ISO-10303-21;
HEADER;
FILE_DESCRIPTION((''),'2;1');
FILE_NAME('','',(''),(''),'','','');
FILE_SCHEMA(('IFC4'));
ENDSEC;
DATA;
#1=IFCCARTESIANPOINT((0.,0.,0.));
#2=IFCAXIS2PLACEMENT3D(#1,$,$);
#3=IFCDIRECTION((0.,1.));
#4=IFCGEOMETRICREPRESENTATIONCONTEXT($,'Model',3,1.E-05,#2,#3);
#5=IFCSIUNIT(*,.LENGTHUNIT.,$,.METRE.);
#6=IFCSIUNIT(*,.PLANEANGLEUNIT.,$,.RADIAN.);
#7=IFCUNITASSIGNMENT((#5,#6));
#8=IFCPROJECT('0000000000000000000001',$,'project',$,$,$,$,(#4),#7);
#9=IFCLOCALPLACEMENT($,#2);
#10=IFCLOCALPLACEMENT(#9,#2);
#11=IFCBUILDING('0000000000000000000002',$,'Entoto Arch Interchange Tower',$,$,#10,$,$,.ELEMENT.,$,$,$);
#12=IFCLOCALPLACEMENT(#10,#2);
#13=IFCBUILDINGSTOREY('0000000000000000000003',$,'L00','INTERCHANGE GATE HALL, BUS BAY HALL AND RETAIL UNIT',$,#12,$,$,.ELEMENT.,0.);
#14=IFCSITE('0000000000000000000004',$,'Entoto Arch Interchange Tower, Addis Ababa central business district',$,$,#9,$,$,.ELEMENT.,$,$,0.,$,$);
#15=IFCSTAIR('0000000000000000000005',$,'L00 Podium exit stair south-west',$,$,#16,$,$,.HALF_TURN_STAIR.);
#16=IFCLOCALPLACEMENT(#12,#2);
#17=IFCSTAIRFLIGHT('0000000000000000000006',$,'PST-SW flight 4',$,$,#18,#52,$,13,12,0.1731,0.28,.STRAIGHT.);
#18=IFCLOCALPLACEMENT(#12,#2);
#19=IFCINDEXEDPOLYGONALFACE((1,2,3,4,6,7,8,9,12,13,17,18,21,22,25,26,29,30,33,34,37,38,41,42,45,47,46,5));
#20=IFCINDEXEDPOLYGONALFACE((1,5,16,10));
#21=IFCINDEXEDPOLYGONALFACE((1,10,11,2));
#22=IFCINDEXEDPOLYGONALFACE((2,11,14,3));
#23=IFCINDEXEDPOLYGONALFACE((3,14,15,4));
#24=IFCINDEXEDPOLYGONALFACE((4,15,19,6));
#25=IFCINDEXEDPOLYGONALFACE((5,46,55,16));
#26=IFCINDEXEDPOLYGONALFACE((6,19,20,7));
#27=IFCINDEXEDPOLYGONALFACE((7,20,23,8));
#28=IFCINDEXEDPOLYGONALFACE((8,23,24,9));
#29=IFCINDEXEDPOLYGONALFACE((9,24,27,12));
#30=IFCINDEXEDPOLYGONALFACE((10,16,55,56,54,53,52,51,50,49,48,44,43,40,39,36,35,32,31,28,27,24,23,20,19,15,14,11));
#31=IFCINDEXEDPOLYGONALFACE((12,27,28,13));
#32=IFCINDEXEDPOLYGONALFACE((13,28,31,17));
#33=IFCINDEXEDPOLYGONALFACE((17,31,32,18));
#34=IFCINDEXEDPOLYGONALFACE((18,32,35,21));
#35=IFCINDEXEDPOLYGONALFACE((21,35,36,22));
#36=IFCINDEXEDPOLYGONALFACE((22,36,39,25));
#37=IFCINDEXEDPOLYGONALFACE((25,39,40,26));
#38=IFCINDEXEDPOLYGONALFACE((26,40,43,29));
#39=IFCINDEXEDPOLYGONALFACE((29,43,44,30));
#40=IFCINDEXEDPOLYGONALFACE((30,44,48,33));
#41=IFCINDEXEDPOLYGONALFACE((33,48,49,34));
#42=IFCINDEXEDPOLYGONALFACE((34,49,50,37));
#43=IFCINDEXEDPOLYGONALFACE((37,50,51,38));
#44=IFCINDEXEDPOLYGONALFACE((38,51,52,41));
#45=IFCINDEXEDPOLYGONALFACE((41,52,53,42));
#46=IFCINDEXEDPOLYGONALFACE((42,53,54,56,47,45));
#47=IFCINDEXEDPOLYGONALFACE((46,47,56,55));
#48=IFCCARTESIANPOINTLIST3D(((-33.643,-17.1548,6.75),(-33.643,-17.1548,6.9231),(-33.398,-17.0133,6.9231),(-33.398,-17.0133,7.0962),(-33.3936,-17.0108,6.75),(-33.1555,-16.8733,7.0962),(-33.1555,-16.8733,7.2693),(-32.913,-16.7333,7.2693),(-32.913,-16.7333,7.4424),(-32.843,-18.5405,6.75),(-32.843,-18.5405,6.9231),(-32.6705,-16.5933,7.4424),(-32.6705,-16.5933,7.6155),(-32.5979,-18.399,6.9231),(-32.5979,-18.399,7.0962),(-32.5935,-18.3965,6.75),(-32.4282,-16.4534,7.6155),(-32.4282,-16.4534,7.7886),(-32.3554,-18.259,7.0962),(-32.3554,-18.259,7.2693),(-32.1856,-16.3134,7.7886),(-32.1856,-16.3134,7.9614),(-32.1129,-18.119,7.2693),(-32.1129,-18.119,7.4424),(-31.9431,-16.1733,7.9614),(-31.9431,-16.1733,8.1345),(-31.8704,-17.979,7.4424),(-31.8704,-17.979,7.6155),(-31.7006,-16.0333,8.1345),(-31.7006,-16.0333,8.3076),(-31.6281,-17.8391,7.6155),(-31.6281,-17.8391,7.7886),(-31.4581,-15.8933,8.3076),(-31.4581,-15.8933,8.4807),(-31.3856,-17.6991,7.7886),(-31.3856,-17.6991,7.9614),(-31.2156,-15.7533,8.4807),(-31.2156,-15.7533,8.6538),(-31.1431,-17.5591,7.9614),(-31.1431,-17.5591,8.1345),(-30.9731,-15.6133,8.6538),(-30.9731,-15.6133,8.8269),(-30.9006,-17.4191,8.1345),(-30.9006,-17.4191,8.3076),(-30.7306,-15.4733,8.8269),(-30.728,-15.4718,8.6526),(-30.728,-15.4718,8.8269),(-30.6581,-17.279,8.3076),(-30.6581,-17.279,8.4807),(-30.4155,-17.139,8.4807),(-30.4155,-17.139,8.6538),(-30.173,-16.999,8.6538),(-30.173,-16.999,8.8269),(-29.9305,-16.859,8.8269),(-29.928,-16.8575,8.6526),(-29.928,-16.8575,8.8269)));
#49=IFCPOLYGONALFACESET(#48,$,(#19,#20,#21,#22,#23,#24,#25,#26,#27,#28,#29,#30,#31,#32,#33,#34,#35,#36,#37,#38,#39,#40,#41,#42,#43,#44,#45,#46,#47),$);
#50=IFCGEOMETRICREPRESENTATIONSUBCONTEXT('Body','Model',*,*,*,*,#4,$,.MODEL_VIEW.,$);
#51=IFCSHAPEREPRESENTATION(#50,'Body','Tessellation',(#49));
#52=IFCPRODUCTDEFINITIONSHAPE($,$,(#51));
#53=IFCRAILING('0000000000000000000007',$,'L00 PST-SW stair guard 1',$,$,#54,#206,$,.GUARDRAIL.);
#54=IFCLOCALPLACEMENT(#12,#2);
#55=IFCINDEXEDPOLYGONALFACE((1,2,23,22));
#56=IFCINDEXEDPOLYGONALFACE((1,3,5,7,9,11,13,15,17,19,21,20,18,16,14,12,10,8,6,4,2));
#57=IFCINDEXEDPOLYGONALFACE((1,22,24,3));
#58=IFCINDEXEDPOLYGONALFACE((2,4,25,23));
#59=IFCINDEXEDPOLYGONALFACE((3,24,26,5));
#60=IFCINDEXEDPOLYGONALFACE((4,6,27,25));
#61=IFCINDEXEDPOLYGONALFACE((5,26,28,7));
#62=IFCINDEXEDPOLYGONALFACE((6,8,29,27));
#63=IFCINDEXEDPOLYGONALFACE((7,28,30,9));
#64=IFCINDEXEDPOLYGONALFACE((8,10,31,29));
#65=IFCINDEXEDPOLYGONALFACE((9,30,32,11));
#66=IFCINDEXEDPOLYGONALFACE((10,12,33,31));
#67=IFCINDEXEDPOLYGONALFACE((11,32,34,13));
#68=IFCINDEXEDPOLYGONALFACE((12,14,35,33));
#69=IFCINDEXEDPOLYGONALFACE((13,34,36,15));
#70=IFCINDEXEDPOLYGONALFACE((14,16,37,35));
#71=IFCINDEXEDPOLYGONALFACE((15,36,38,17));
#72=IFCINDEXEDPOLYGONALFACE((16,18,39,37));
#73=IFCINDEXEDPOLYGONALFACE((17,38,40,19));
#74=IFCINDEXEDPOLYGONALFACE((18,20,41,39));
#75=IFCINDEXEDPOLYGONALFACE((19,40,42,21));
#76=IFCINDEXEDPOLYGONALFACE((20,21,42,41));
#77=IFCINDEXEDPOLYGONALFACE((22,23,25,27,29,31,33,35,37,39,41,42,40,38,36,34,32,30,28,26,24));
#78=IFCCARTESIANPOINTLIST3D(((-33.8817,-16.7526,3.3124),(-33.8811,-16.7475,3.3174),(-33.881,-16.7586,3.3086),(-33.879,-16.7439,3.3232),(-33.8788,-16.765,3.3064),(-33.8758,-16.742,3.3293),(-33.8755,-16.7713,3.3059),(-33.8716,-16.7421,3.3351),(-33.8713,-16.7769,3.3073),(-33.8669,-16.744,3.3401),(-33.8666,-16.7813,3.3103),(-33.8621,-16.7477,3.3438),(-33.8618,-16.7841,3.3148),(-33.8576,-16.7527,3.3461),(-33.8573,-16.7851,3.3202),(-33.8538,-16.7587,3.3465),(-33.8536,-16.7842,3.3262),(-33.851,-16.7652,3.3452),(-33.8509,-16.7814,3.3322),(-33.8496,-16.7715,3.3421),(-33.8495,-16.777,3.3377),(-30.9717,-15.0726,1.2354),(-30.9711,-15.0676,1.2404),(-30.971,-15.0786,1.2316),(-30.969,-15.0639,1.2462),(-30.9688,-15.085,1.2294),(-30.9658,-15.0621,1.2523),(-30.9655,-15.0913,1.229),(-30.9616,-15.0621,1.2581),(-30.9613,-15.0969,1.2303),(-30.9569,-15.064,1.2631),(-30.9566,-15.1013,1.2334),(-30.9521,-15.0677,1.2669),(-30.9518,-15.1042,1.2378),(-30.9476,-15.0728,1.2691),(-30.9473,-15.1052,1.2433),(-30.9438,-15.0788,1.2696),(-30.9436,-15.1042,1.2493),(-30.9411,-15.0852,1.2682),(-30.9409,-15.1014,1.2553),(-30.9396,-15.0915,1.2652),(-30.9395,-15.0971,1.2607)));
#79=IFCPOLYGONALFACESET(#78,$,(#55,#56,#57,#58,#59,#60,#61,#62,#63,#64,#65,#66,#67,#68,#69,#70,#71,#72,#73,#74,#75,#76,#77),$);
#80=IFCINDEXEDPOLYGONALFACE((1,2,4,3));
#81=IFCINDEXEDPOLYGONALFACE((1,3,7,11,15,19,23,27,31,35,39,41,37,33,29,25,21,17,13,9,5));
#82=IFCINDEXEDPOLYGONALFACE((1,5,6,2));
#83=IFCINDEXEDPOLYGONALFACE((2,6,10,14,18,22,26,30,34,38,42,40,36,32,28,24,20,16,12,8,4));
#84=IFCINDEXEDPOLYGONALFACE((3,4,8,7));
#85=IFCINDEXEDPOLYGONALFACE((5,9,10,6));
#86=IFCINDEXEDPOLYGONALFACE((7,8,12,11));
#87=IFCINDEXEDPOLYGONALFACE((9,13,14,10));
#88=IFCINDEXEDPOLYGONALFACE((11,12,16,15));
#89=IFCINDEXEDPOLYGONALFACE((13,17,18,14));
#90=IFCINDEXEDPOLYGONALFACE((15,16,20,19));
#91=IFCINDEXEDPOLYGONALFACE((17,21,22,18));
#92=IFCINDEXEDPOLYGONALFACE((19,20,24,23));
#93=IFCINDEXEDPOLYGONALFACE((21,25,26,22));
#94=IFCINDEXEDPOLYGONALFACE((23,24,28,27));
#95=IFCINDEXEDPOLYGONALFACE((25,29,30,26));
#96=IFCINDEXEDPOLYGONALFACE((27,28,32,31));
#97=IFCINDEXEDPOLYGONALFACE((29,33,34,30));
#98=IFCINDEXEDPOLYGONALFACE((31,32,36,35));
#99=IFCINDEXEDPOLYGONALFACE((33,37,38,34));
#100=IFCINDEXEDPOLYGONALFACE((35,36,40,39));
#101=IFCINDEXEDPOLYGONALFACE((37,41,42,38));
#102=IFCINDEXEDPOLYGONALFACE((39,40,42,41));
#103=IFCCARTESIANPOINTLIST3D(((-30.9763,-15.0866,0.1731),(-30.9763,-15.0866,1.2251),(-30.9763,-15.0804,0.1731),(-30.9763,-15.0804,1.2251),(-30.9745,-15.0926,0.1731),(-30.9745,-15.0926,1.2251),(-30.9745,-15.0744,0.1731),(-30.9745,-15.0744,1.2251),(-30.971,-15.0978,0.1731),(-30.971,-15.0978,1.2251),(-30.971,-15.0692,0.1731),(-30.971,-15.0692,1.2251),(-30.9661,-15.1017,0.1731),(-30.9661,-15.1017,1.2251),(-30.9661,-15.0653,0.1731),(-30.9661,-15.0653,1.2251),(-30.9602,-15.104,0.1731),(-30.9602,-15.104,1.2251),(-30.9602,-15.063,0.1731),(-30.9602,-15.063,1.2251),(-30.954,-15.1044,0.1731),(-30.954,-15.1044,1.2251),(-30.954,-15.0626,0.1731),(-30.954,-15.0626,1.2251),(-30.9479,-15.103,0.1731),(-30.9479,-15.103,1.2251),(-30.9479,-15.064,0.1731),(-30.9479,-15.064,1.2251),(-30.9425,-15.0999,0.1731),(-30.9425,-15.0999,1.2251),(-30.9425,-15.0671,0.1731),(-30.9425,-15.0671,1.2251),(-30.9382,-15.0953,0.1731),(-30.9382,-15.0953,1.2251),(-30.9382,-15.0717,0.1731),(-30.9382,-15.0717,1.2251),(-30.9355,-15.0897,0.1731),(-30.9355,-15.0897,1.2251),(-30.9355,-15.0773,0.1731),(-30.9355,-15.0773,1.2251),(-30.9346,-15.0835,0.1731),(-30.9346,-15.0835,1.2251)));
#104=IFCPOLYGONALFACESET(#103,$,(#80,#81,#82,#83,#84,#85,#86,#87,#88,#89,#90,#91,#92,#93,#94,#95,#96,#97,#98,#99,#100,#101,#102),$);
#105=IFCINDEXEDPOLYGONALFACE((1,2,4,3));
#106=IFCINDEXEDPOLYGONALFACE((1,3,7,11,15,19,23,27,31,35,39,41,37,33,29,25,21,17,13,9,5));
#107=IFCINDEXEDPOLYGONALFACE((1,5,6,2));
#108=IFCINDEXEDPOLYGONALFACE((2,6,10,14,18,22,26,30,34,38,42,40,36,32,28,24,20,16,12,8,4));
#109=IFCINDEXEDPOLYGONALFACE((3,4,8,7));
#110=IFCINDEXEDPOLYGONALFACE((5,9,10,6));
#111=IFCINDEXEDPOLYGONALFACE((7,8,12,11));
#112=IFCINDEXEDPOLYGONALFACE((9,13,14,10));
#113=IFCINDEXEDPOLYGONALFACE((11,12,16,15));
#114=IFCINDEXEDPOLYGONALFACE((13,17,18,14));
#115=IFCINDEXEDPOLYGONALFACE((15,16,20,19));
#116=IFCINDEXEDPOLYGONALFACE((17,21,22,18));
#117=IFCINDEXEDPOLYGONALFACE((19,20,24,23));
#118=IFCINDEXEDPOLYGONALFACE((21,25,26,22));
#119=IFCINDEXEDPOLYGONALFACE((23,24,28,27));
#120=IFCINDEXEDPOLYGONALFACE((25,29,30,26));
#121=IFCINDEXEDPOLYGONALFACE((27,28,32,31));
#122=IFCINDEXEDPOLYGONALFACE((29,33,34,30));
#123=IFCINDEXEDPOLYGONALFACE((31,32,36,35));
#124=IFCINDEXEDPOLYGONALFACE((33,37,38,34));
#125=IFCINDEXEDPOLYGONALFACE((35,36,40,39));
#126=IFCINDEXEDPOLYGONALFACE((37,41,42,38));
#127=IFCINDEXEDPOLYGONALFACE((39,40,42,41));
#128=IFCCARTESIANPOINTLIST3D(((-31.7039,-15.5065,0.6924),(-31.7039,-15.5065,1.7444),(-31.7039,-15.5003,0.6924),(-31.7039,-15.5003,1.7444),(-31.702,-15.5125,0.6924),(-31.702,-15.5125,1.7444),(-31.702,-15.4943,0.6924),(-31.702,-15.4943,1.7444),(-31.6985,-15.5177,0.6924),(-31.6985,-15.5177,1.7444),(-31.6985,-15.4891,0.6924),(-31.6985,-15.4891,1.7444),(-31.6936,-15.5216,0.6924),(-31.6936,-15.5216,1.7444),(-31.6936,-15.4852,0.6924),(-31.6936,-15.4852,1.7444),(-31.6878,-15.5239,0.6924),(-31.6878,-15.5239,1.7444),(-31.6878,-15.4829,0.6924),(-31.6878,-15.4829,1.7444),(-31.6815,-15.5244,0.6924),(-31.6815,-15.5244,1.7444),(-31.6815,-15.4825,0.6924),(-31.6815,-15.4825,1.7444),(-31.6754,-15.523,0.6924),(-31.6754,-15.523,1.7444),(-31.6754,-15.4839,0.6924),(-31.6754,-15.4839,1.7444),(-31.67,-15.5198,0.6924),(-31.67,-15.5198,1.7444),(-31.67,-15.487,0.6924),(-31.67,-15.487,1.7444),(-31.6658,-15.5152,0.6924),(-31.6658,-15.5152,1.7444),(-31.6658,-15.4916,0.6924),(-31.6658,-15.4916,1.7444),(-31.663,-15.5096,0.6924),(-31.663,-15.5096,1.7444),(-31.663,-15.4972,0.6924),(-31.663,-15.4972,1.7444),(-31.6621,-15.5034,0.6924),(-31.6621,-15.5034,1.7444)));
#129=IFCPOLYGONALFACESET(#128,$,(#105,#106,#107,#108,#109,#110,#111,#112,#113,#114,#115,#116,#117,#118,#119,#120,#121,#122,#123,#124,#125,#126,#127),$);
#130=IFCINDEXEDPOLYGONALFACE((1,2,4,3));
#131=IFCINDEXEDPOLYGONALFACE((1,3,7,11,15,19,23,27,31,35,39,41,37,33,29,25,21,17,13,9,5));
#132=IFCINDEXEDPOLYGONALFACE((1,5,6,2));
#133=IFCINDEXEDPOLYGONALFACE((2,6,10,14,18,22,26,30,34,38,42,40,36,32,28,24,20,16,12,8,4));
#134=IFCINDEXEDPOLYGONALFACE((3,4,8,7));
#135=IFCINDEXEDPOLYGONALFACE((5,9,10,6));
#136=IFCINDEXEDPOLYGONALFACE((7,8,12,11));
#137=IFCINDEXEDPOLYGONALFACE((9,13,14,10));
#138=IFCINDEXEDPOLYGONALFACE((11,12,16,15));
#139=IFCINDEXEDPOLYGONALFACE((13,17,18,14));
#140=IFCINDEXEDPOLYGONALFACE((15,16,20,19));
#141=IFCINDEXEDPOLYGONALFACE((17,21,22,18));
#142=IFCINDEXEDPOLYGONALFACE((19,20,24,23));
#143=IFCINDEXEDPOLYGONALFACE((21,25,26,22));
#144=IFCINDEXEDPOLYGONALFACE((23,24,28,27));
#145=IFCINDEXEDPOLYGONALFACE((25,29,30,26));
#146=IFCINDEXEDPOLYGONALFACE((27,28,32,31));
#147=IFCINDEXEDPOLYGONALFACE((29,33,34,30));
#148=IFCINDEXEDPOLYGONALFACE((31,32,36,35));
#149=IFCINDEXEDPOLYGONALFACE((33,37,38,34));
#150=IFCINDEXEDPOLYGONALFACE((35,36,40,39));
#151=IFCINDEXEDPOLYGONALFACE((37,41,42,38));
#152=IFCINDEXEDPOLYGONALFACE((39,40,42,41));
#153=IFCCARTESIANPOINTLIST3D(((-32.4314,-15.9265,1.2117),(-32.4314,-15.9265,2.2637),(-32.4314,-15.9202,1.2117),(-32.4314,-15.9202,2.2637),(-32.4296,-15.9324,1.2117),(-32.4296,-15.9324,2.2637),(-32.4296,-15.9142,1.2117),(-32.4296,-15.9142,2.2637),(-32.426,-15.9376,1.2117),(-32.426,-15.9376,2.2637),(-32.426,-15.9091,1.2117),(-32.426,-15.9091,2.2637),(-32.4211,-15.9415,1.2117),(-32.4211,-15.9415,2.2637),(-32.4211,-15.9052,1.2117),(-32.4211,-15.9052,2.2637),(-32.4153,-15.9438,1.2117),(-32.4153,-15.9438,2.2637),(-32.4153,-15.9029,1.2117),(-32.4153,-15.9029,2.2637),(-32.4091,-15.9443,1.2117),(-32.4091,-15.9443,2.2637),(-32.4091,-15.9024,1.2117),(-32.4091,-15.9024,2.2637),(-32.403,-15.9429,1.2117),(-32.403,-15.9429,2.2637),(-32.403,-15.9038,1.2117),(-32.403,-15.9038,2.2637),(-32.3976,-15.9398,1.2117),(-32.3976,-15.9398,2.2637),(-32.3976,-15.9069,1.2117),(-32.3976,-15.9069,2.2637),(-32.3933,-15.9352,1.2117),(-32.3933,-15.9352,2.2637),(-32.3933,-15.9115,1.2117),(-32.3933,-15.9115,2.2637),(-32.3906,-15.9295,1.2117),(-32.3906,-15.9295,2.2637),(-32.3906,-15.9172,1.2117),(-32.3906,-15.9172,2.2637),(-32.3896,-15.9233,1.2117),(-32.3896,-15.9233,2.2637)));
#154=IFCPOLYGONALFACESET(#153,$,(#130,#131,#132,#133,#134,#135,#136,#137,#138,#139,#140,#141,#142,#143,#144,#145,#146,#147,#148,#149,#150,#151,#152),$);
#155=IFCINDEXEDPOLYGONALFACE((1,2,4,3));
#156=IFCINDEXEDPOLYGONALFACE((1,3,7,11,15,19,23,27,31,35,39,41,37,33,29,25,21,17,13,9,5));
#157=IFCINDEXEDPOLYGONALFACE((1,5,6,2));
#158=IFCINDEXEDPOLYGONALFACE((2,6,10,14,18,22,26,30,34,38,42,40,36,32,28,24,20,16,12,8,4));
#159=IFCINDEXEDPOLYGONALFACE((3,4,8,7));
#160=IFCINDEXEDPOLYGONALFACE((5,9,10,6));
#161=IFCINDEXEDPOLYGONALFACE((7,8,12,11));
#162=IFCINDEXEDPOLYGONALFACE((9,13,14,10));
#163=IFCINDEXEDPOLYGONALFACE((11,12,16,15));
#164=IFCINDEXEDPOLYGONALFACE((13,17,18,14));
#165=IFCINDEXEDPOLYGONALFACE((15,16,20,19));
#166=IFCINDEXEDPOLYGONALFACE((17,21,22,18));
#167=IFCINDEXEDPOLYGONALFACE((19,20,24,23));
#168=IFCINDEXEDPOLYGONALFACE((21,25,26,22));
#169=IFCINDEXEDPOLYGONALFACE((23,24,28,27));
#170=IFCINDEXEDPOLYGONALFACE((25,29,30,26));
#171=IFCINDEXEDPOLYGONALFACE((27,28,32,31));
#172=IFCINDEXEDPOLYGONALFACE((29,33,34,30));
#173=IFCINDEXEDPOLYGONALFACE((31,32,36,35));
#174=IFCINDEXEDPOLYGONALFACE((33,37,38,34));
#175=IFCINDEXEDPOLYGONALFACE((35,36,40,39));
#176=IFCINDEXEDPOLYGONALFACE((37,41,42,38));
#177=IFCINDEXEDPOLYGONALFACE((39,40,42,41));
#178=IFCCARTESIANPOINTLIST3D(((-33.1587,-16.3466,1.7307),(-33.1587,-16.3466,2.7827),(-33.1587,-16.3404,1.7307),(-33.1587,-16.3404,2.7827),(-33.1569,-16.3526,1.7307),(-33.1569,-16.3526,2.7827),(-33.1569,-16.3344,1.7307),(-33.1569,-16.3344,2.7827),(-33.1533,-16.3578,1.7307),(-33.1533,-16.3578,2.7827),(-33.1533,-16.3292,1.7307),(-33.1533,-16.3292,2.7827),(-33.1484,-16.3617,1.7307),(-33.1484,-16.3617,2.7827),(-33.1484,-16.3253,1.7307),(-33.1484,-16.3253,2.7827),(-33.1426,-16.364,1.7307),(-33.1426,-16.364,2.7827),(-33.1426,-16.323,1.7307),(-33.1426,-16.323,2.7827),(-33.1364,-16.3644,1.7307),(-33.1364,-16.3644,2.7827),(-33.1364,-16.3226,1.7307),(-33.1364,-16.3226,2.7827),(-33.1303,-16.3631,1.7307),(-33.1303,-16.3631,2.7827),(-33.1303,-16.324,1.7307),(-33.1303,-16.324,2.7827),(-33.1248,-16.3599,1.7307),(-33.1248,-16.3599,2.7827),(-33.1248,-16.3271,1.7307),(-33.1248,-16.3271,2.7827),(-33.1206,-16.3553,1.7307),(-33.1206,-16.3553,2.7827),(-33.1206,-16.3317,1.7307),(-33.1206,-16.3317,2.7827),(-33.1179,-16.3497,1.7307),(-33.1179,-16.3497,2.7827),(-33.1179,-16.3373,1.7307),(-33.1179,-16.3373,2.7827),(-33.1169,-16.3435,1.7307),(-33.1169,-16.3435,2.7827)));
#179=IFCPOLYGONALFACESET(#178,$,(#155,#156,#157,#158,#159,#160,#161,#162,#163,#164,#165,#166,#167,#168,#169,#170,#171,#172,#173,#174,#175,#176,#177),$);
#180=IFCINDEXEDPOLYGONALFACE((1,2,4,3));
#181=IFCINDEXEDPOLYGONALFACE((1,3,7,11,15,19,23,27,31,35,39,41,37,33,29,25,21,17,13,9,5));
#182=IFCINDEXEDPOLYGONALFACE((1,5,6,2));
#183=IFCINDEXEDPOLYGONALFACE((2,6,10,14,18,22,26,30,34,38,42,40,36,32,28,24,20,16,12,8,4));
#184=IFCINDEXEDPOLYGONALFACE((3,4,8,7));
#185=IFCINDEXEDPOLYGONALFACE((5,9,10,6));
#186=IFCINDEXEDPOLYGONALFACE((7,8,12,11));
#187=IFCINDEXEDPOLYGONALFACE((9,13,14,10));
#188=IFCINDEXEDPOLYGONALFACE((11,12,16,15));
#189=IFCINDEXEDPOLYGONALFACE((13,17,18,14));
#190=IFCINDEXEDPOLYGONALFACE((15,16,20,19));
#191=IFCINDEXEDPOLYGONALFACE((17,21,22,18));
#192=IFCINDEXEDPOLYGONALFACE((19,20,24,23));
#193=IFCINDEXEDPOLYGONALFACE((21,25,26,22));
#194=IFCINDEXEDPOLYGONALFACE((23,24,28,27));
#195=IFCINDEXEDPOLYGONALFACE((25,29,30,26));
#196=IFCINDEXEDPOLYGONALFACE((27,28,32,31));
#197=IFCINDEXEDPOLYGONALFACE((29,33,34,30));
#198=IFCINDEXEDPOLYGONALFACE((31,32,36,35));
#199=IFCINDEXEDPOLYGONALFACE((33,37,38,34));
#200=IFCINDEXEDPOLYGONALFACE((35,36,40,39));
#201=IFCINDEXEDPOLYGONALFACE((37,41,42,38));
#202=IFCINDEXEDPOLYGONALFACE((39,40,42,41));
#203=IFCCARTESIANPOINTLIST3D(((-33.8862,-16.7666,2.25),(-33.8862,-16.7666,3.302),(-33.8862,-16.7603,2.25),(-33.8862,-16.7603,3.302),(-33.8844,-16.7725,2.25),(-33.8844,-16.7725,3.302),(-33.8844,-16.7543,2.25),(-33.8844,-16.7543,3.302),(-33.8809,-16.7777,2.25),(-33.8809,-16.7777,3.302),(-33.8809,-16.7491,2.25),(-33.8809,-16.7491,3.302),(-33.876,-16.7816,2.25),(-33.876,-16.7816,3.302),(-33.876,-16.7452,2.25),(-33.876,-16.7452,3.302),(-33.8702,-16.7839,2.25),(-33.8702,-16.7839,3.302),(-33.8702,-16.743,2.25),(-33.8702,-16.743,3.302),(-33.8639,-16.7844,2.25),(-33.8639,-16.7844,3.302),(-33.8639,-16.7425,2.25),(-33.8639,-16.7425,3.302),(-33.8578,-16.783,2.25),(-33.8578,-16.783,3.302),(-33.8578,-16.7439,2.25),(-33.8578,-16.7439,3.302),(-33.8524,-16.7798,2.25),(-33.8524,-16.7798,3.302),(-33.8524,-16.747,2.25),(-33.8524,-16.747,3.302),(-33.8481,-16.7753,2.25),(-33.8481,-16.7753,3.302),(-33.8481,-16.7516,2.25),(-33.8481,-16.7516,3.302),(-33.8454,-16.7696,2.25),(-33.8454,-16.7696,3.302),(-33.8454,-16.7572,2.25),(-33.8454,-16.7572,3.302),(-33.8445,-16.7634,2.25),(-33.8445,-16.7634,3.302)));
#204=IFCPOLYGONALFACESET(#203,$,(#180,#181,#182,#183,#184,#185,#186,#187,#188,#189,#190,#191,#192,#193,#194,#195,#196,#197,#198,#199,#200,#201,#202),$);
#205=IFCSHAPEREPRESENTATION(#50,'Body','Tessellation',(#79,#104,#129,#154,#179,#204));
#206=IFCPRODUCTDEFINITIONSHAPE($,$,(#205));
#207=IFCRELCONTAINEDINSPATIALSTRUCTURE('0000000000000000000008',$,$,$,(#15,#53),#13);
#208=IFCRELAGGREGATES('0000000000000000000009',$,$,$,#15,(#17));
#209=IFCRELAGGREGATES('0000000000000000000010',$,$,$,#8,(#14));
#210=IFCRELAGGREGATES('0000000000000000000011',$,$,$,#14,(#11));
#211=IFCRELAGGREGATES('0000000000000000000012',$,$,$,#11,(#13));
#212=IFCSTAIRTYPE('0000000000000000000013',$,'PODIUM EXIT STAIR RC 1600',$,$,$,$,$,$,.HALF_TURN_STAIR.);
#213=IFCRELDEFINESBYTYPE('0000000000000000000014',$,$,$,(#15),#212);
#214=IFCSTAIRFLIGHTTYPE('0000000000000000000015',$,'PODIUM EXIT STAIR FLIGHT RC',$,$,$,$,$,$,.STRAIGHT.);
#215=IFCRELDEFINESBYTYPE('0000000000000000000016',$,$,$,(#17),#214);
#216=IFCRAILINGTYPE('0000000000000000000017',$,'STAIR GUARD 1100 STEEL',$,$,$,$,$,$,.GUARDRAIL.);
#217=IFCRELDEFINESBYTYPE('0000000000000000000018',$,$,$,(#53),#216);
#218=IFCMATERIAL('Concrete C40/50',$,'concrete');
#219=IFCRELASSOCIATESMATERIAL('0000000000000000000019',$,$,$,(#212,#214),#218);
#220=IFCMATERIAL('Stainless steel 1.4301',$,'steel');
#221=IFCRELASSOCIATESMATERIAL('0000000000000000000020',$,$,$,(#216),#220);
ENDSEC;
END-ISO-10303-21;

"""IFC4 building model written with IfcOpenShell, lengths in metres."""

from ifc_helpers import new_model, si_unit, direction, frame, origin, origin_2d, place, context, subcontext, project, spatial, polyline, circle, outline, extrude, material, type_object, element, aggregate, save


model = new_model("IFC4")

# Units and contexts
model_context = context("Model", 3, precision=1e-05, world=origin(), true_north=direction((0.0, 1.0)))
body_context = subcontext(model_context, "Body", "Model", "MODEL_VIEW")
ifc_project = project(units=[si_unit("LENGTHUNIT", "METRE"), si_unit("PLANEANGLEUNIT", "RADIAN")], contexts=[model_context])

# Site, building, storey
site_placement = place(None, origin())
site = spatial("IfcSite", under=ifc_project, at=site_placement, Name="Entoto Arch Interchange Tower, Addis Ababa central business district", CompositionType="ELEMENT", RefElevation=0.0)
building_placement = place(site_placement, origin())
building = spatial("IfcBuilding", under=site, at=building_placement, Name="Entoto Arch Interchange Tower", CompositionType="ELEMENT")
storey_placement = place(building_placement, origin())
storey = spatial("IfcBuildingStorey", under=building, at=storey_placement, Name="L00", Description="INTERCHANGE GATE HALL, BUS BAY HALL AND RETAIL UNIT", CompositionType="ELEMENT", Elevation=0.0)

# Shared definitions
ifc_material_1 = material(Name="Concrete C40/50", Category="concrete")

# Stair, stair flight
stair_type = type_object("IfcStairType", Name="PODIUM EXIT STAIR RC 1600", PredefinedType="HALF_TURN_STAIR", material=ifc_material_1)
stair_placement = place(storey_placement, origin())
stair = element("IfcStair", 1, at=stair_placement, inside=storey, type_object=stair_type, Name="L00 Podium exit stair south-west", PredefinedType="HALF_TURN_STAIR")
stair_flight_type = type_object("IfcStairFlightType", Name="PODIUM EXIT STAIR FLIGHT RC", PredefinedType="STRAIGHT", material=ifc_material_1)
stair_flight_1_placement = place(storey_placement, frame((-33.2405, -17.8462, 6.75), z_axis=(0.0, 0.0, 1.0), x_axis=(0.866025, 0.5, 0.0)))
stair_flight_1 = element("IfcStairFlight", 2, at=stair_flight_1_placement, type_object=stair_flight_type, Name="PST-SW flight 4", NumberOfRisers=13, NumberOfTreads=12, PredefinedType="STRAIGHT", RiserHeight=0.1731, TreadLength=0.28, context=body_context, shape_type="SweptSolid", body=[
    extrude(outline(polyline([(-0.0029, 0.0), (-0.0029, 0.1731), (0.28, 0.1731), (0.28, 0.3462), (0.5601, 0.3462), (0.5601, 0.5193), (0.8401, 0.5193), (0.8401, 0.6924), (1.1201, 0.6924), (1.1201, 0.8655), (1.3999, 0.8655), (1.3999, 1.0386), (1.6799, 1.0386), (1.6799, 1.2114), (1.96, 1.2114), (1.96, 1.3845), (2.24, 1.3845), (2.24, 1.5576), (2.52, 1.5576), (2.52, 1.7307), (2.8, 1.7307), (2.8, 1.9038), (3.0801, 1.9038), (3.0801, 2.0769), (3.3601, 2.0769), (3.363, 2.0769), (3.363, 1.9026), (0.2852, 0.0), (-0.0029, 0.0)])), frame((0.0, 0.8, 0.0), z_axis=(0.0, -1.0, 0.0), x_axis=(1.0, 0.0, 0.0)), (0.0, 0.0, 1.0), 1.6001),
])
aggregate(stair, [stair_flight_1])

# Railing
ifc_material_2 = material(Name="Stainless steel 1.4301", Category="steel")
railing_type_1 = type_object("IfcRailingType", Name="STAIR GUARD 1100 STEEL", PredefinedType="GUARDRAIL", material=ifc_material_2)
railing_1_placement = place(storey_placement, frame((-30.9556, -15.0835, 0.1731)))
element("IfcRailing", 3, at=railing_1_placement, inside=storey, type_object=railing_type_1, Name="L00 PST-SW stair guard 1", PredefinedType="GUARDRAIL", context=body_context, shape_type="SweptSolid", body=[
    extrude(circle(Radius=0.0239, at=origin_2d()), frame((0.0, 0.0, 1.0762), z_axis=(-0.736668, -0.425288, 0.525785), x_axis=(0.499976, -0.866039, 0.0)), (0.0, 0.0, 1.0), 3.9502),
    extrude(circle(Radius=0.021, at=origin_2d()), origin(), (0.0, 0.0, 1.0), 1.052),
    extrude(circle(Radius=0.021, at=origin_2d()), frame((-0.7275, -0.4199, 0.5193)), (0.0, 0.0, 1.0), 1.052),
    extrude(circle(Radius=0.021, at=origin_2d()), frame((-1.4551, -0.8398, 1.0386)), (0.0, 0.0, 1.0), 1.052),
    extrude(circle(Radius=0.021, at=origin_2d()), frame((-2.1824, -1.26, 1.5576)), (0.0, 0.0, 1.0), 1.052),
    extrude(circle(Radius=0.021, at=origin_2d()), frame((-2.9099, -1.6799, 2.0769)), (0.0, 0.0, 1.0), 1.052),
])

save(model, "model.ifc")
